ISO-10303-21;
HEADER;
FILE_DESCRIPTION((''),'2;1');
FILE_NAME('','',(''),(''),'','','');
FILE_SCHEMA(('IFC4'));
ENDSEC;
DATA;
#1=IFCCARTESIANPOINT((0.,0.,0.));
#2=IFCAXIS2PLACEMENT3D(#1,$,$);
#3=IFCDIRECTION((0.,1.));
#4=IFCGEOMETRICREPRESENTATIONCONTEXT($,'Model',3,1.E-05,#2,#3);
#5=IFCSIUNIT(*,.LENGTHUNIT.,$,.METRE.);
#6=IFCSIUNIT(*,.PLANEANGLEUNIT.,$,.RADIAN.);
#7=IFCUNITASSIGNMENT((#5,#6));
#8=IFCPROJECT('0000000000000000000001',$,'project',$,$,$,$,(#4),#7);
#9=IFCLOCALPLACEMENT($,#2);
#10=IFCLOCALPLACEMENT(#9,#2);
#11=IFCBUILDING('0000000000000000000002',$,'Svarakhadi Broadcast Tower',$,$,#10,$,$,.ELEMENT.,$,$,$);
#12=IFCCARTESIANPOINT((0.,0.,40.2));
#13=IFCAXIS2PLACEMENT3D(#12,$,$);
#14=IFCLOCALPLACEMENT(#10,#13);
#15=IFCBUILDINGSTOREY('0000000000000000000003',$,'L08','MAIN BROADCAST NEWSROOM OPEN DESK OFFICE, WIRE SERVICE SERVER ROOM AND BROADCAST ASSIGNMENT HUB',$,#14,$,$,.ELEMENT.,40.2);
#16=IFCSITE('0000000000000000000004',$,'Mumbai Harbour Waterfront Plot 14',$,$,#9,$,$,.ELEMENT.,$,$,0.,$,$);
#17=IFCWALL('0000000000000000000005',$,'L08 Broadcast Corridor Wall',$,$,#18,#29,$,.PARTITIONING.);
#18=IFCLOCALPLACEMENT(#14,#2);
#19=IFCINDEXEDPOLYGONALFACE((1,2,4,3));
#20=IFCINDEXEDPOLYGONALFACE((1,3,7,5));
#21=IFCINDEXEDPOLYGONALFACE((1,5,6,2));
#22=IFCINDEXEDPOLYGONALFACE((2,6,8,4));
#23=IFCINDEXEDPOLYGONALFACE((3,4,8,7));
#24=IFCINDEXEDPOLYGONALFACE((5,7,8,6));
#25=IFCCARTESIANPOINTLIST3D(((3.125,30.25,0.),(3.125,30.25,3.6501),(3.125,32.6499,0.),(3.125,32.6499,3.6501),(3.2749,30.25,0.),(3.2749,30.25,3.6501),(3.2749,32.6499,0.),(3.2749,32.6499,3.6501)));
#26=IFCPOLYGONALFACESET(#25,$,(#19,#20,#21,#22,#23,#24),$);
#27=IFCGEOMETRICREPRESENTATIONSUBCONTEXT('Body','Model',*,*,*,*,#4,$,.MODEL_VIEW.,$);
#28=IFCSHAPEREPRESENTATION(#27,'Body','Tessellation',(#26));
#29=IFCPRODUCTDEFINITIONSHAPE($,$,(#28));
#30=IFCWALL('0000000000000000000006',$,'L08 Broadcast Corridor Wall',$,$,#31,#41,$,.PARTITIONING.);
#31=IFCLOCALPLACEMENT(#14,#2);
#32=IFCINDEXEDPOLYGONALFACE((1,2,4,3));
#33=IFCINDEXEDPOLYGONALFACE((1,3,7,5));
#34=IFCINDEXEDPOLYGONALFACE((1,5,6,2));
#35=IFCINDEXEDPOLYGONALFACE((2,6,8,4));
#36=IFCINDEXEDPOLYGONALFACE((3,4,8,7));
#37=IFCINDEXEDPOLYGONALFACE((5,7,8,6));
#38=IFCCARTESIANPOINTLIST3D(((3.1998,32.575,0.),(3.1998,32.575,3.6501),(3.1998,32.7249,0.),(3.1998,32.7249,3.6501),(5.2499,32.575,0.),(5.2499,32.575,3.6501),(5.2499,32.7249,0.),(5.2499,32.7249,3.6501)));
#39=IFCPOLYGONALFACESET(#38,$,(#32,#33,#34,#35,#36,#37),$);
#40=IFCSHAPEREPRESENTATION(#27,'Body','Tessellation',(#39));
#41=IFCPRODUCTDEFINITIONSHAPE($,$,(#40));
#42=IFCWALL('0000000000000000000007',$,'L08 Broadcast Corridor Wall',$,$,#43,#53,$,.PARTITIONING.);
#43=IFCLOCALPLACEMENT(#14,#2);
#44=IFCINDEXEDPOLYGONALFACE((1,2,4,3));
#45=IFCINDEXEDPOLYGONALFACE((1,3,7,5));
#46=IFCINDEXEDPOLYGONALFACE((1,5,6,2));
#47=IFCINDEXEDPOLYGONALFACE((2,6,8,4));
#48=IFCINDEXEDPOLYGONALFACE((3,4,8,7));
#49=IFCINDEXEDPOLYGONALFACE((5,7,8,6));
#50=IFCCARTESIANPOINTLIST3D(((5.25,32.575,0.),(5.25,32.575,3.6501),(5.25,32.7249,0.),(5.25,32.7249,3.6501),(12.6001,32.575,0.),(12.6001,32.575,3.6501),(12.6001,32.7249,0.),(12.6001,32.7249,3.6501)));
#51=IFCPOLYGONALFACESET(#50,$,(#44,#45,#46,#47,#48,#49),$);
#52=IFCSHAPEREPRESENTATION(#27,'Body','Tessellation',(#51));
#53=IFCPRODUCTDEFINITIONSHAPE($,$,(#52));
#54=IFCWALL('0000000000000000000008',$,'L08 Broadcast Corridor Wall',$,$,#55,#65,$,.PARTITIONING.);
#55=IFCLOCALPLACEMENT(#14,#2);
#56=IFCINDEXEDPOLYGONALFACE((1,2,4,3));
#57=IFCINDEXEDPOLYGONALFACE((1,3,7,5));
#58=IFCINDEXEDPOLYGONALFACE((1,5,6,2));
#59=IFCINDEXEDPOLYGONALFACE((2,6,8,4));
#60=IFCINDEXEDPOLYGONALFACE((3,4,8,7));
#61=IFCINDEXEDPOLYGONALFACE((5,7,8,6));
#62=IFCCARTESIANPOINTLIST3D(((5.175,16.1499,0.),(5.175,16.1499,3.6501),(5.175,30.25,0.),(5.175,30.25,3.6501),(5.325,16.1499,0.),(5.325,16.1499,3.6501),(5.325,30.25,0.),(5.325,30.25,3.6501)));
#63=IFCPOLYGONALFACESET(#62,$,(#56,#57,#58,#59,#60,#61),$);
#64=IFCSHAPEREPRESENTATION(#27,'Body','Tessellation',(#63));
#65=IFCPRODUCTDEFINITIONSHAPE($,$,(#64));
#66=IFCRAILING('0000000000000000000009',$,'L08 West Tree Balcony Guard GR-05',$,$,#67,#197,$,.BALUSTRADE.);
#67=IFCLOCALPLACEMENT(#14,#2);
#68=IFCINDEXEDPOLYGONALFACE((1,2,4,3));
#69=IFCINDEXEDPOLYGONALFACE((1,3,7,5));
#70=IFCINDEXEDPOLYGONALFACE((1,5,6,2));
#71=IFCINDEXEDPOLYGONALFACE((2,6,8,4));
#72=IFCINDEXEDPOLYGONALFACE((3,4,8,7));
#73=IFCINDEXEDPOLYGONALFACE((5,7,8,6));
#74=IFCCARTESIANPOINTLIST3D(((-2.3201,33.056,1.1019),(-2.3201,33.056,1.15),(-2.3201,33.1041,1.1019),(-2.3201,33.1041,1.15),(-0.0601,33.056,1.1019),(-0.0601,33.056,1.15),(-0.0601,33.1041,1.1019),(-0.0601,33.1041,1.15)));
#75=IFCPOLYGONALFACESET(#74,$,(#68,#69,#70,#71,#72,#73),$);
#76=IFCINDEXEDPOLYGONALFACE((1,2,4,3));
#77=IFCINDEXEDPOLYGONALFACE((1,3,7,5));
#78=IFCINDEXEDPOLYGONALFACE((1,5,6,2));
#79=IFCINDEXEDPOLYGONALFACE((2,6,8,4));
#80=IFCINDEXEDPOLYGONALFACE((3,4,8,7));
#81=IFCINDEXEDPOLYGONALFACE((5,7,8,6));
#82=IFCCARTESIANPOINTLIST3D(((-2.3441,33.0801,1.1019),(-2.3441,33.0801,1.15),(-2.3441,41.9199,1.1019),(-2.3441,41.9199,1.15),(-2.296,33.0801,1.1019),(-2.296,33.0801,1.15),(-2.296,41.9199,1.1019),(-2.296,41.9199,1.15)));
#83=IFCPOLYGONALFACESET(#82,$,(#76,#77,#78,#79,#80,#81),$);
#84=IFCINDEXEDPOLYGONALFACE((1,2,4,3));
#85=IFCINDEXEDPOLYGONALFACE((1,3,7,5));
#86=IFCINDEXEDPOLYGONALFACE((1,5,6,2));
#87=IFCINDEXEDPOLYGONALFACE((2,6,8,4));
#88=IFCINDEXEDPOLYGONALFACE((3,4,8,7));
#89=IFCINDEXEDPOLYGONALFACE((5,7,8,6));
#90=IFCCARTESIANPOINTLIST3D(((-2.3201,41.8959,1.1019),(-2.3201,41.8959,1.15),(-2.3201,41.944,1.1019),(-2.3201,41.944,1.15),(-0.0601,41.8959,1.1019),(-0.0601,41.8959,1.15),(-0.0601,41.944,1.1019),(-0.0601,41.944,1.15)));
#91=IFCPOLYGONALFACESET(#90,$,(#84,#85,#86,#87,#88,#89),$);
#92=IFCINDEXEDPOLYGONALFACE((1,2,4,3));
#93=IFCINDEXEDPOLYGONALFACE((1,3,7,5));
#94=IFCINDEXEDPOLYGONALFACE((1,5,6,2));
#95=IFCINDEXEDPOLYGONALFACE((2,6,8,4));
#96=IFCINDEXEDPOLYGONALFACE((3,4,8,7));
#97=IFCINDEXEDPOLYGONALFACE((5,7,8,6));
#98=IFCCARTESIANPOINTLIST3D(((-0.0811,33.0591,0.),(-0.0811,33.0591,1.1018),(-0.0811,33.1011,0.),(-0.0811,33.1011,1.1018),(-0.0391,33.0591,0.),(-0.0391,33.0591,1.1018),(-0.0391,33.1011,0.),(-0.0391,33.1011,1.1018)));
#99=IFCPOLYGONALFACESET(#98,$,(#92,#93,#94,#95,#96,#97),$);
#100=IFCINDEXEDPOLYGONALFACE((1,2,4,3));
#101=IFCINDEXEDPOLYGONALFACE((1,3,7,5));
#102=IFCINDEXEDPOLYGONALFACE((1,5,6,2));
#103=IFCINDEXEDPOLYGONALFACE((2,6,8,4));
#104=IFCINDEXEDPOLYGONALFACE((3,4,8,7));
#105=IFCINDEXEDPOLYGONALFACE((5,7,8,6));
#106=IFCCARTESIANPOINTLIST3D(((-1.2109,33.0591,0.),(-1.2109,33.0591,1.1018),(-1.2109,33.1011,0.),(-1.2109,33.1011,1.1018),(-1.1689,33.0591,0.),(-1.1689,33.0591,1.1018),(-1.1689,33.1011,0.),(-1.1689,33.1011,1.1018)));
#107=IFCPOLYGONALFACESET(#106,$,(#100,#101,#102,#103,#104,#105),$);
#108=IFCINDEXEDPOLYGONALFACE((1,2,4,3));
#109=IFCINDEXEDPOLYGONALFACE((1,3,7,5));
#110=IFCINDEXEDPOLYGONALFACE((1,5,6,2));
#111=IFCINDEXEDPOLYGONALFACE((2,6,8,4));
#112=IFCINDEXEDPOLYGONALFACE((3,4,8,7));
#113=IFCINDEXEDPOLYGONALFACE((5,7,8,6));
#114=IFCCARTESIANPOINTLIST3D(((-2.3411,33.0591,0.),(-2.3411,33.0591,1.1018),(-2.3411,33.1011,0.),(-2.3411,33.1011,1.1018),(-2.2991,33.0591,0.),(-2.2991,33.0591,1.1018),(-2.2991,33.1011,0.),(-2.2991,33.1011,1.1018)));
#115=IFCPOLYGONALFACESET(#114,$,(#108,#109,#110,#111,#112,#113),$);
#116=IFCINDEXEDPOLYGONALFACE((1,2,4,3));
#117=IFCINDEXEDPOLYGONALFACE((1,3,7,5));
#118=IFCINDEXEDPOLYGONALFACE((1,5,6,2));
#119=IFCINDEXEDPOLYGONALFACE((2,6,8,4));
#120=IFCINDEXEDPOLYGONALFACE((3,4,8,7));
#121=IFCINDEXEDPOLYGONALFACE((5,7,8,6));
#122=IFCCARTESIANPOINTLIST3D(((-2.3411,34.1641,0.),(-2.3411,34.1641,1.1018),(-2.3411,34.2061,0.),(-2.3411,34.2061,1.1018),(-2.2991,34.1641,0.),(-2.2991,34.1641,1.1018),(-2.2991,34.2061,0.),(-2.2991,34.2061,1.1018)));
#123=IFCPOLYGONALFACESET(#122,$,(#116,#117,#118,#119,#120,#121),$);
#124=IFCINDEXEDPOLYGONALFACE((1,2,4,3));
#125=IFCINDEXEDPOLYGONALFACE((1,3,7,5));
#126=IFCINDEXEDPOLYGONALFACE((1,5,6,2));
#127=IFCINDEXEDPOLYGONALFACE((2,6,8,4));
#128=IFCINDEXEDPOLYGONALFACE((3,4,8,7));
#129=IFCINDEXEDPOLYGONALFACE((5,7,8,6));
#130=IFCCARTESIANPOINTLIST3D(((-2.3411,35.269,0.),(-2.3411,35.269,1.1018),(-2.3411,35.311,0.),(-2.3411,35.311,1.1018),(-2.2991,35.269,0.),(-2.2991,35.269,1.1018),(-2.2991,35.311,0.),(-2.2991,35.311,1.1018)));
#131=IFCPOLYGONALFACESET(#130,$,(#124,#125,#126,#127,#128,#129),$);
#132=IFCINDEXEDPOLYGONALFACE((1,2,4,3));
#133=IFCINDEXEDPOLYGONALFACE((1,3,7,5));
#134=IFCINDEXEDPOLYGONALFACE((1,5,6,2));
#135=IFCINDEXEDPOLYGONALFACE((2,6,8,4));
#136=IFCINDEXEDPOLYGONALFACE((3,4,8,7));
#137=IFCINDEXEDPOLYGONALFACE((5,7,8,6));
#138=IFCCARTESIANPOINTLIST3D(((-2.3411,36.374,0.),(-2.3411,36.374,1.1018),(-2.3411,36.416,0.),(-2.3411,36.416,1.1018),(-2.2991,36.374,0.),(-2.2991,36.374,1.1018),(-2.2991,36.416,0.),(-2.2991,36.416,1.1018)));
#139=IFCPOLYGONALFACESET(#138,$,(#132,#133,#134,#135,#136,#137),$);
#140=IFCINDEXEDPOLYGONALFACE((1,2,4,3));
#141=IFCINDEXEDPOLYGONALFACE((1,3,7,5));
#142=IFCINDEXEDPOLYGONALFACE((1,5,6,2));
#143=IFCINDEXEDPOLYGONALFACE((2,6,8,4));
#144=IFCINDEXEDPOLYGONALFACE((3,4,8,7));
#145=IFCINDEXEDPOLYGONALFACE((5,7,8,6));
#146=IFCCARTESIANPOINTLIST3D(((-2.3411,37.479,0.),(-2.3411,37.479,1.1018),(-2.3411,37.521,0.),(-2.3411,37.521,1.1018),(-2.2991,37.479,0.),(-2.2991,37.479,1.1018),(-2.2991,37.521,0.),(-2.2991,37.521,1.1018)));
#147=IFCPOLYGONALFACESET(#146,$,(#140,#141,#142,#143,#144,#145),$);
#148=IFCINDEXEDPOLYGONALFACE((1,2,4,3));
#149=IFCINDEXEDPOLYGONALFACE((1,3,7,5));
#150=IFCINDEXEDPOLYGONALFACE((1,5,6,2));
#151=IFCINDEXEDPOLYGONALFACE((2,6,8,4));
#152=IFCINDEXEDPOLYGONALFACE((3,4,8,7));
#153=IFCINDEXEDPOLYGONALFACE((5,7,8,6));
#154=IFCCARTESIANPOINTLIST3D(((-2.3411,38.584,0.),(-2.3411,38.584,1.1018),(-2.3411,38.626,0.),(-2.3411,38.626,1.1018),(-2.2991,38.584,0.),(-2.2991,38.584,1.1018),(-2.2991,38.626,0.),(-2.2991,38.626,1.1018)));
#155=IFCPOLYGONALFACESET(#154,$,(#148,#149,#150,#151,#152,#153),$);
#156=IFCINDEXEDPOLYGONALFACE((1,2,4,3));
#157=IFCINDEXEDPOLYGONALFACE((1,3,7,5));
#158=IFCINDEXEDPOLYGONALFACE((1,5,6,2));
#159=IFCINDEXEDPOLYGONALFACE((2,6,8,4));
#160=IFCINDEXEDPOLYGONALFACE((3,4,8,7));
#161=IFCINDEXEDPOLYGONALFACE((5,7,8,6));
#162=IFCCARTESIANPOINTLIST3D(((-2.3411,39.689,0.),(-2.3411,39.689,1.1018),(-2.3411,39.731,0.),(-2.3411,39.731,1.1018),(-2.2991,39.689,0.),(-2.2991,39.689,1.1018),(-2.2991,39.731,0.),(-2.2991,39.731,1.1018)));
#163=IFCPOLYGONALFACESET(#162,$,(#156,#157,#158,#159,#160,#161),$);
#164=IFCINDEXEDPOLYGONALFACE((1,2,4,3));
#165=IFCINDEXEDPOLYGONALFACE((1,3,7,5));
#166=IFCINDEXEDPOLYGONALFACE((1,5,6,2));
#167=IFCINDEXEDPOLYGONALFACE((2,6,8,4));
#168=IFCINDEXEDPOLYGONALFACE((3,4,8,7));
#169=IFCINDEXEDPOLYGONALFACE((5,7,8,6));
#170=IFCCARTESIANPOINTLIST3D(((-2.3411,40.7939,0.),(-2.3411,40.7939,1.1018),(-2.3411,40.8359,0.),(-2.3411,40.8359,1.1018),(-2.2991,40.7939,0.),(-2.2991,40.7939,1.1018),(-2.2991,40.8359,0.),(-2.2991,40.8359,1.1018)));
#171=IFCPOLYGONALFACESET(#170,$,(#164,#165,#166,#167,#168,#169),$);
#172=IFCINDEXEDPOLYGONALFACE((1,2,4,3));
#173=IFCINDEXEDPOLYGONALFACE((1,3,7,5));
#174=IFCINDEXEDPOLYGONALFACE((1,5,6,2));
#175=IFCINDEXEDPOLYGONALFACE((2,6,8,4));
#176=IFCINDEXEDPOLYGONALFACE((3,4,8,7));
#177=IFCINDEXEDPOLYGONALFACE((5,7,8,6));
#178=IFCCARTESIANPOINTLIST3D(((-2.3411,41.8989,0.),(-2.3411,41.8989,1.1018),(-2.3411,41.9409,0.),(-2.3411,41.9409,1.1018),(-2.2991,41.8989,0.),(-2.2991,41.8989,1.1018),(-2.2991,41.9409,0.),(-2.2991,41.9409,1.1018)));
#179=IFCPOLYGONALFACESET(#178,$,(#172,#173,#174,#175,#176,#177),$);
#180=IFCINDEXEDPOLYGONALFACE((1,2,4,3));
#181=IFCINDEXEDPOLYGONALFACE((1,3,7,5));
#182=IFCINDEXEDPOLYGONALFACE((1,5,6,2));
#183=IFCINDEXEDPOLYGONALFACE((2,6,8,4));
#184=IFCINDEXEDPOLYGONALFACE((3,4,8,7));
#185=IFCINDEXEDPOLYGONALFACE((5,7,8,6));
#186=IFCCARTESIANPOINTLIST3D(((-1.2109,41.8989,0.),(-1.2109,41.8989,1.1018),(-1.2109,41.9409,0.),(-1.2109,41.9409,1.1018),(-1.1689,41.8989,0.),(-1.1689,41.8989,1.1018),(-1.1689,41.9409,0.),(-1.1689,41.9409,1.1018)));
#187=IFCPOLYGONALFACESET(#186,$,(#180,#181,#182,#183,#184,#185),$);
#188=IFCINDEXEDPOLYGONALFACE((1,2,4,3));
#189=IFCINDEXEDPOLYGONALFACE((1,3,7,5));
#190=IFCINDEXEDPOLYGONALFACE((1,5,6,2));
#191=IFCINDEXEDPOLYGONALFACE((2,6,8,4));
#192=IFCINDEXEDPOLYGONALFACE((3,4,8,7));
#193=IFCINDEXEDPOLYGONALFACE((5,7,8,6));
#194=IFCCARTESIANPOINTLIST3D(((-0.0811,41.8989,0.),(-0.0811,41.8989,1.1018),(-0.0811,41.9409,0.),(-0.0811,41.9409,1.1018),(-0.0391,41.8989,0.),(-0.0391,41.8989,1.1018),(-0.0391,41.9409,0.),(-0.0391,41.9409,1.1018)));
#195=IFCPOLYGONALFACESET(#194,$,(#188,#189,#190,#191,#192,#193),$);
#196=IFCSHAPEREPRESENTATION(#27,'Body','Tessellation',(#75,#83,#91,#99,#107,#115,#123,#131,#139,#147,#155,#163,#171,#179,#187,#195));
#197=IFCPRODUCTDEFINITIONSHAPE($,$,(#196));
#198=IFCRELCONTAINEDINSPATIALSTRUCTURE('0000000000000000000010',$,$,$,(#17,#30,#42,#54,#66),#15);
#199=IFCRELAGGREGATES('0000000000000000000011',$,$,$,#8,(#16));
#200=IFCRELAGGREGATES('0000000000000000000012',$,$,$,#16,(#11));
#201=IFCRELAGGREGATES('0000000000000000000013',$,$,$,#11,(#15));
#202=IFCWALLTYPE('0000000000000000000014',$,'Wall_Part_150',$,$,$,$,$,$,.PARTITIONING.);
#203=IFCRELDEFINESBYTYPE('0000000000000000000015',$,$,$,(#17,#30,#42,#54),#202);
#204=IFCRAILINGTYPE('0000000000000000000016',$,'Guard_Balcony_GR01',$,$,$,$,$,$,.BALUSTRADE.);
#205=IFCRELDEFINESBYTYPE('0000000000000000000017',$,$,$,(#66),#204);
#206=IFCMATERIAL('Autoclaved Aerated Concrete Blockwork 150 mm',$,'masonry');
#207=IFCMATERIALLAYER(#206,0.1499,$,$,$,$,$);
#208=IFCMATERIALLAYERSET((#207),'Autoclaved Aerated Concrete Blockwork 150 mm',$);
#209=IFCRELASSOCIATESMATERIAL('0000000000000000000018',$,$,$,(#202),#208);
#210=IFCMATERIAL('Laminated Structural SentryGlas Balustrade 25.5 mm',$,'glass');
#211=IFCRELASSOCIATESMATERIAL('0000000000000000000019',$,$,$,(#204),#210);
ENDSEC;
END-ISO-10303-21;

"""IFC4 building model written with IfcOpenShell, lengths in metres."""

from ifc_helpers import new_model, si_unit, direction, frame, frame_2d, origin, origin_2d, place, context, subcontext, project, spatial, rectangle, extrude, material, layer, layer_set, type_object, element, save


model = new_model("IFC4")

# Units and contexts
model_context = context("Model", 3, precision=1e-05, world=origin(), true_north=direction((0.0, 1.0)))
body_context = subcontext(model_context, "Body", "Model", "MODEL_VIEW")
ifc_project = project(units=[si_unit("LENGTHUNIT", "METRE"), si_unit("PLANEANGLEUNIT", "RADIAN")], contexts=[model_context])

# Site, building, storey
site_placement = place(None, origin())
site = spatial("IfcSite", under=ifc_project, at=site_placement, Name="Mumbai Harbour Waterfront Plot 14", CompositionType="ELEMENT", RefElevation=0.0)
building_placement = place(site_placement, origin())
building = spatial("IfcBuilding", under=site, at=building_placement, Name="Svarakhadi Broadcast Tower", CompositionType="ELEMENT")
storey_placement = place(building_placement, frame((0.0, 0.0, 40.2)))
storey = spatial("IfcBuildingStorey", under=building, at=storey_placement, Name="L08", Description="MAIN BROADCAST NEWSROOM OPEN DESK OFFICE, WIRE SERVICE SERVER ROOM AND BROADCAST ASSIGNMENT HUB", CompositionType="ELEMENT", Elevation=40.2)

# Walls
ifc_material_1 = material(Name="Autoclaved Aerated Concrete Blockwork 150 mm", Category="masonry")
ifc_layer_1 = layer(ifc_material_1, 0.1499)
ifc_layer_set_1 = layer_set([ifc_layer_1], Name="Autoclaved Aerated Concrete Blockwork 150 mm")
wall_type_1 = type_object("IfcWallType", Name="Wall_Part_150", PredefinedType="PARTITIONING", material=ifc_layer_set_1)
wall_1_placement = place(storey_placement, frame((3.2, 30.25, 0.0), z_axis=(0.0, 0.0, 1.0), x_axis=(0.0, 1.0, 0.0)))
element("IfcWall", 1, at=wall_1_placement, inside=storey, type_object=wall_type_1, Name="L08 Broadcast Corridor Wall", PredefinedType="PARTITIONING", context=body_context, shape_type="SweptSolid", body=[
    extrude(rectangle(XDim=2.3999, YDim=0.1499, at=frame_2d((1.2, 0.0))), origin(), (0.0, 0.0, 1.0), 3.6501),
])
wall_2_placement = place(storey_placement, frame((3.2, 32.6499, 0.0), z_axis=(0.0, 0.0, 1.0), x_axis=(1.0, 0.0, 0.0)))
element("IfcWall", 2, at=wall_2_placement, inside=storey, type_object=wall_type_1, Name="L08 Broadcast Corridor Wall", PredefinedType="PARTITIONING", context=body_context, shape_type="SweptSolid", body=[
    extrude(rectangle(XDim=2.05, YDim=0.1499, at=frame_2d((1.0249, 0.0))), origin(), (0.0, 0.0, 1.0), 3.6501),
])
wall_3_placement = place(storey_placement, frame((5.25, 32.6499, 0.0), z_axis=(0.0, 0.0, 1.0), x_axis=(1.0, 0.0, 0.0)))
element("IfcWall", 3, at=wall_3_placement, inside=storey, type_object=wall_type_1, Name="L08 Broadcast Corridor Wall", PredefinedType="PARTITIONING", context=body_context, shape_type="SweptSolid", body=[
    extrude(rectangle(XDim=7.3501, YDim=0.1499, at=frame_2d((3.675, 0.0))), origin(), (0.0, 0.0, 1.0), 3.6501),
])
wall_4_placement = place(storey_placement, frame((5.25, 30.25, 0.0), z_axis=(0.0, 0.0, 1.0), x_axis=(0.0, -1.0, 0.0)))
element("IfcWall", 4, at=wall_4_placement, inside=storey, type_object=wall_type_1, Name="L08 Broadcast Corridor Wall", PredefinedType="PARTITIONING", context=body_context, shape_type="SweptSolid", body=[
    extrude(rectangle(XDim=14.1001, YDim=0.1499, at=frame_2d((7.05, 0.0))), origin(), (0.0, 0.0, 1.0), 3.6501),
])

# Railing
ifc_material_2 = material(Name="Laminated Structural SentryGlas Balustrade 25.5 mm", Category="glass")
railing_type = type_object("IfcRailingType", Name="Guard_Balcony_GR01", PredefinedType="BALUSTRADE", material=ifc_material_2)
railing_placement = place(storey_placement, frame((-0.0601, 33.0801, 0.0)))
element("IfcRailing", 5, at=railing_placement, inside=storey, type_object=railing_type, Name="L08 West Tree Balcony Guard GR-05", PredefinedType="BALUSTRADE", context=body_context, shape_type="SweptSolid", body=[
    extrude(rectangle(XDim=0.0481, YDim=0.0481, at=origin_2d()), frame((0.0, 0.0, 1.126), z_axis=(-1.0, 0.0, 0.0), x_axis=(0.0, -1.0, 0.0)), (0.0, 0.0, 1.0), 2.26),
    extrude(rectangle(XDim=0.0481, YDim=0.0481, at=origin_2d()), frame((-2.26, 0.0, 1.126), z_axis=(0.0, 1.0, 0.0), x_axis=(-1.0, 0.0, 0.0)), (0.0, 0.0, 1.0), 8.8398),
    extrude(rectangle(XDim=0.0481, YDim=0.0481, at=origin_2d()), frame((-2.26, 8.8398, 1.126), z_axis=(1.0, 0.0, 0.0), x_axis=(0.0, 1.0, 0.0)), (0.0, 0.0, 1.0), 2.26),
    extrude(rectangle(XDim=0.042, YDim=0.042, at=origin_2d()), origin(), (0.0, 0.0, 1.0), 1.1018),
    extrude(rectangle(XDim=0.042, YDim=0.042, at=origin_2d()), frame((-1.1299, 0.0, 0.0)), (0.0, 0.0, 1.0), 1.1018),
    extrude(rectangle(XDim=0.042, YDim=0.042, at=origin_2d()), frame((-2.26, 0.0, 0.0)), (0.0, 0.0, 1.0), 1.1018),
    extrude(rectangle(XDim=0.042, YDim=0.042, at=origin_2d()), frame((-2.26, 1.105, 0.0)), (0.0, 0.0, 1.0), 1.1018),
    extrude(rectangle(XDim=0.042, YDim=0.042, at=origin_2d()), frame((-2.26, 2.21, 0.0)), (0.0, 0.0, 1.0), 1.1018),
    extrude(rectangle(XDim=0.042, YDim=0.042, at=origin_2d()), frame((-2.26, 3.3149, 0.0)), (0.0, 0.0, 1.0), 1.1018),
    extrude(rectangle(XDim=0.042, YDim=0.042, at=origin_2d()), frame((-2.26, 4.4199, 0.0)), (0.0, 0.0, 1.0), 1.1018),
    extrude(rectangle(XDim=0.042, YDim=0.042, at=origin_2d()), frame((-2.26, 5.5249, 0.0)), (0.0, 0.0, 1.0), 1.1018),
    extrude(rectangle(XDim=0.042, YDim=0.042, at=origin_2d()), frame((-2.26, 6.6299, 0.0)), (0.0, 0.0, 1.0), 1.1018),
    extrude(rectangle(XDim=0.042, YDim=0.042, at=origin_2d()), frame((-2.26, 7.7349, 0.0)), (0.0, 0.0, 1.0), 1.1018),
    extrude(rectangle(XDim=0.042, YDim=0.042, at=origin_2d()), frame((-2.26, 8.8398, 0.0)), (0.0, 0.0, 1.0), 1.1018),
    extrude(rectangle(XDim=0.042, YDim=0.042, at=origin_2d()), frame((-1.1299, 8.8398, 0.0)), (0.0, 0.0, 1.0), 1.1018),
    extrude(rectangle(XDim=0.042, YDim=0.042, at=origin_2d()), frame((0.0, 8.8398, 0.0)), (0.0, 0.0, 1.0), 1.1018),
])

save(model, "model.ifc")
